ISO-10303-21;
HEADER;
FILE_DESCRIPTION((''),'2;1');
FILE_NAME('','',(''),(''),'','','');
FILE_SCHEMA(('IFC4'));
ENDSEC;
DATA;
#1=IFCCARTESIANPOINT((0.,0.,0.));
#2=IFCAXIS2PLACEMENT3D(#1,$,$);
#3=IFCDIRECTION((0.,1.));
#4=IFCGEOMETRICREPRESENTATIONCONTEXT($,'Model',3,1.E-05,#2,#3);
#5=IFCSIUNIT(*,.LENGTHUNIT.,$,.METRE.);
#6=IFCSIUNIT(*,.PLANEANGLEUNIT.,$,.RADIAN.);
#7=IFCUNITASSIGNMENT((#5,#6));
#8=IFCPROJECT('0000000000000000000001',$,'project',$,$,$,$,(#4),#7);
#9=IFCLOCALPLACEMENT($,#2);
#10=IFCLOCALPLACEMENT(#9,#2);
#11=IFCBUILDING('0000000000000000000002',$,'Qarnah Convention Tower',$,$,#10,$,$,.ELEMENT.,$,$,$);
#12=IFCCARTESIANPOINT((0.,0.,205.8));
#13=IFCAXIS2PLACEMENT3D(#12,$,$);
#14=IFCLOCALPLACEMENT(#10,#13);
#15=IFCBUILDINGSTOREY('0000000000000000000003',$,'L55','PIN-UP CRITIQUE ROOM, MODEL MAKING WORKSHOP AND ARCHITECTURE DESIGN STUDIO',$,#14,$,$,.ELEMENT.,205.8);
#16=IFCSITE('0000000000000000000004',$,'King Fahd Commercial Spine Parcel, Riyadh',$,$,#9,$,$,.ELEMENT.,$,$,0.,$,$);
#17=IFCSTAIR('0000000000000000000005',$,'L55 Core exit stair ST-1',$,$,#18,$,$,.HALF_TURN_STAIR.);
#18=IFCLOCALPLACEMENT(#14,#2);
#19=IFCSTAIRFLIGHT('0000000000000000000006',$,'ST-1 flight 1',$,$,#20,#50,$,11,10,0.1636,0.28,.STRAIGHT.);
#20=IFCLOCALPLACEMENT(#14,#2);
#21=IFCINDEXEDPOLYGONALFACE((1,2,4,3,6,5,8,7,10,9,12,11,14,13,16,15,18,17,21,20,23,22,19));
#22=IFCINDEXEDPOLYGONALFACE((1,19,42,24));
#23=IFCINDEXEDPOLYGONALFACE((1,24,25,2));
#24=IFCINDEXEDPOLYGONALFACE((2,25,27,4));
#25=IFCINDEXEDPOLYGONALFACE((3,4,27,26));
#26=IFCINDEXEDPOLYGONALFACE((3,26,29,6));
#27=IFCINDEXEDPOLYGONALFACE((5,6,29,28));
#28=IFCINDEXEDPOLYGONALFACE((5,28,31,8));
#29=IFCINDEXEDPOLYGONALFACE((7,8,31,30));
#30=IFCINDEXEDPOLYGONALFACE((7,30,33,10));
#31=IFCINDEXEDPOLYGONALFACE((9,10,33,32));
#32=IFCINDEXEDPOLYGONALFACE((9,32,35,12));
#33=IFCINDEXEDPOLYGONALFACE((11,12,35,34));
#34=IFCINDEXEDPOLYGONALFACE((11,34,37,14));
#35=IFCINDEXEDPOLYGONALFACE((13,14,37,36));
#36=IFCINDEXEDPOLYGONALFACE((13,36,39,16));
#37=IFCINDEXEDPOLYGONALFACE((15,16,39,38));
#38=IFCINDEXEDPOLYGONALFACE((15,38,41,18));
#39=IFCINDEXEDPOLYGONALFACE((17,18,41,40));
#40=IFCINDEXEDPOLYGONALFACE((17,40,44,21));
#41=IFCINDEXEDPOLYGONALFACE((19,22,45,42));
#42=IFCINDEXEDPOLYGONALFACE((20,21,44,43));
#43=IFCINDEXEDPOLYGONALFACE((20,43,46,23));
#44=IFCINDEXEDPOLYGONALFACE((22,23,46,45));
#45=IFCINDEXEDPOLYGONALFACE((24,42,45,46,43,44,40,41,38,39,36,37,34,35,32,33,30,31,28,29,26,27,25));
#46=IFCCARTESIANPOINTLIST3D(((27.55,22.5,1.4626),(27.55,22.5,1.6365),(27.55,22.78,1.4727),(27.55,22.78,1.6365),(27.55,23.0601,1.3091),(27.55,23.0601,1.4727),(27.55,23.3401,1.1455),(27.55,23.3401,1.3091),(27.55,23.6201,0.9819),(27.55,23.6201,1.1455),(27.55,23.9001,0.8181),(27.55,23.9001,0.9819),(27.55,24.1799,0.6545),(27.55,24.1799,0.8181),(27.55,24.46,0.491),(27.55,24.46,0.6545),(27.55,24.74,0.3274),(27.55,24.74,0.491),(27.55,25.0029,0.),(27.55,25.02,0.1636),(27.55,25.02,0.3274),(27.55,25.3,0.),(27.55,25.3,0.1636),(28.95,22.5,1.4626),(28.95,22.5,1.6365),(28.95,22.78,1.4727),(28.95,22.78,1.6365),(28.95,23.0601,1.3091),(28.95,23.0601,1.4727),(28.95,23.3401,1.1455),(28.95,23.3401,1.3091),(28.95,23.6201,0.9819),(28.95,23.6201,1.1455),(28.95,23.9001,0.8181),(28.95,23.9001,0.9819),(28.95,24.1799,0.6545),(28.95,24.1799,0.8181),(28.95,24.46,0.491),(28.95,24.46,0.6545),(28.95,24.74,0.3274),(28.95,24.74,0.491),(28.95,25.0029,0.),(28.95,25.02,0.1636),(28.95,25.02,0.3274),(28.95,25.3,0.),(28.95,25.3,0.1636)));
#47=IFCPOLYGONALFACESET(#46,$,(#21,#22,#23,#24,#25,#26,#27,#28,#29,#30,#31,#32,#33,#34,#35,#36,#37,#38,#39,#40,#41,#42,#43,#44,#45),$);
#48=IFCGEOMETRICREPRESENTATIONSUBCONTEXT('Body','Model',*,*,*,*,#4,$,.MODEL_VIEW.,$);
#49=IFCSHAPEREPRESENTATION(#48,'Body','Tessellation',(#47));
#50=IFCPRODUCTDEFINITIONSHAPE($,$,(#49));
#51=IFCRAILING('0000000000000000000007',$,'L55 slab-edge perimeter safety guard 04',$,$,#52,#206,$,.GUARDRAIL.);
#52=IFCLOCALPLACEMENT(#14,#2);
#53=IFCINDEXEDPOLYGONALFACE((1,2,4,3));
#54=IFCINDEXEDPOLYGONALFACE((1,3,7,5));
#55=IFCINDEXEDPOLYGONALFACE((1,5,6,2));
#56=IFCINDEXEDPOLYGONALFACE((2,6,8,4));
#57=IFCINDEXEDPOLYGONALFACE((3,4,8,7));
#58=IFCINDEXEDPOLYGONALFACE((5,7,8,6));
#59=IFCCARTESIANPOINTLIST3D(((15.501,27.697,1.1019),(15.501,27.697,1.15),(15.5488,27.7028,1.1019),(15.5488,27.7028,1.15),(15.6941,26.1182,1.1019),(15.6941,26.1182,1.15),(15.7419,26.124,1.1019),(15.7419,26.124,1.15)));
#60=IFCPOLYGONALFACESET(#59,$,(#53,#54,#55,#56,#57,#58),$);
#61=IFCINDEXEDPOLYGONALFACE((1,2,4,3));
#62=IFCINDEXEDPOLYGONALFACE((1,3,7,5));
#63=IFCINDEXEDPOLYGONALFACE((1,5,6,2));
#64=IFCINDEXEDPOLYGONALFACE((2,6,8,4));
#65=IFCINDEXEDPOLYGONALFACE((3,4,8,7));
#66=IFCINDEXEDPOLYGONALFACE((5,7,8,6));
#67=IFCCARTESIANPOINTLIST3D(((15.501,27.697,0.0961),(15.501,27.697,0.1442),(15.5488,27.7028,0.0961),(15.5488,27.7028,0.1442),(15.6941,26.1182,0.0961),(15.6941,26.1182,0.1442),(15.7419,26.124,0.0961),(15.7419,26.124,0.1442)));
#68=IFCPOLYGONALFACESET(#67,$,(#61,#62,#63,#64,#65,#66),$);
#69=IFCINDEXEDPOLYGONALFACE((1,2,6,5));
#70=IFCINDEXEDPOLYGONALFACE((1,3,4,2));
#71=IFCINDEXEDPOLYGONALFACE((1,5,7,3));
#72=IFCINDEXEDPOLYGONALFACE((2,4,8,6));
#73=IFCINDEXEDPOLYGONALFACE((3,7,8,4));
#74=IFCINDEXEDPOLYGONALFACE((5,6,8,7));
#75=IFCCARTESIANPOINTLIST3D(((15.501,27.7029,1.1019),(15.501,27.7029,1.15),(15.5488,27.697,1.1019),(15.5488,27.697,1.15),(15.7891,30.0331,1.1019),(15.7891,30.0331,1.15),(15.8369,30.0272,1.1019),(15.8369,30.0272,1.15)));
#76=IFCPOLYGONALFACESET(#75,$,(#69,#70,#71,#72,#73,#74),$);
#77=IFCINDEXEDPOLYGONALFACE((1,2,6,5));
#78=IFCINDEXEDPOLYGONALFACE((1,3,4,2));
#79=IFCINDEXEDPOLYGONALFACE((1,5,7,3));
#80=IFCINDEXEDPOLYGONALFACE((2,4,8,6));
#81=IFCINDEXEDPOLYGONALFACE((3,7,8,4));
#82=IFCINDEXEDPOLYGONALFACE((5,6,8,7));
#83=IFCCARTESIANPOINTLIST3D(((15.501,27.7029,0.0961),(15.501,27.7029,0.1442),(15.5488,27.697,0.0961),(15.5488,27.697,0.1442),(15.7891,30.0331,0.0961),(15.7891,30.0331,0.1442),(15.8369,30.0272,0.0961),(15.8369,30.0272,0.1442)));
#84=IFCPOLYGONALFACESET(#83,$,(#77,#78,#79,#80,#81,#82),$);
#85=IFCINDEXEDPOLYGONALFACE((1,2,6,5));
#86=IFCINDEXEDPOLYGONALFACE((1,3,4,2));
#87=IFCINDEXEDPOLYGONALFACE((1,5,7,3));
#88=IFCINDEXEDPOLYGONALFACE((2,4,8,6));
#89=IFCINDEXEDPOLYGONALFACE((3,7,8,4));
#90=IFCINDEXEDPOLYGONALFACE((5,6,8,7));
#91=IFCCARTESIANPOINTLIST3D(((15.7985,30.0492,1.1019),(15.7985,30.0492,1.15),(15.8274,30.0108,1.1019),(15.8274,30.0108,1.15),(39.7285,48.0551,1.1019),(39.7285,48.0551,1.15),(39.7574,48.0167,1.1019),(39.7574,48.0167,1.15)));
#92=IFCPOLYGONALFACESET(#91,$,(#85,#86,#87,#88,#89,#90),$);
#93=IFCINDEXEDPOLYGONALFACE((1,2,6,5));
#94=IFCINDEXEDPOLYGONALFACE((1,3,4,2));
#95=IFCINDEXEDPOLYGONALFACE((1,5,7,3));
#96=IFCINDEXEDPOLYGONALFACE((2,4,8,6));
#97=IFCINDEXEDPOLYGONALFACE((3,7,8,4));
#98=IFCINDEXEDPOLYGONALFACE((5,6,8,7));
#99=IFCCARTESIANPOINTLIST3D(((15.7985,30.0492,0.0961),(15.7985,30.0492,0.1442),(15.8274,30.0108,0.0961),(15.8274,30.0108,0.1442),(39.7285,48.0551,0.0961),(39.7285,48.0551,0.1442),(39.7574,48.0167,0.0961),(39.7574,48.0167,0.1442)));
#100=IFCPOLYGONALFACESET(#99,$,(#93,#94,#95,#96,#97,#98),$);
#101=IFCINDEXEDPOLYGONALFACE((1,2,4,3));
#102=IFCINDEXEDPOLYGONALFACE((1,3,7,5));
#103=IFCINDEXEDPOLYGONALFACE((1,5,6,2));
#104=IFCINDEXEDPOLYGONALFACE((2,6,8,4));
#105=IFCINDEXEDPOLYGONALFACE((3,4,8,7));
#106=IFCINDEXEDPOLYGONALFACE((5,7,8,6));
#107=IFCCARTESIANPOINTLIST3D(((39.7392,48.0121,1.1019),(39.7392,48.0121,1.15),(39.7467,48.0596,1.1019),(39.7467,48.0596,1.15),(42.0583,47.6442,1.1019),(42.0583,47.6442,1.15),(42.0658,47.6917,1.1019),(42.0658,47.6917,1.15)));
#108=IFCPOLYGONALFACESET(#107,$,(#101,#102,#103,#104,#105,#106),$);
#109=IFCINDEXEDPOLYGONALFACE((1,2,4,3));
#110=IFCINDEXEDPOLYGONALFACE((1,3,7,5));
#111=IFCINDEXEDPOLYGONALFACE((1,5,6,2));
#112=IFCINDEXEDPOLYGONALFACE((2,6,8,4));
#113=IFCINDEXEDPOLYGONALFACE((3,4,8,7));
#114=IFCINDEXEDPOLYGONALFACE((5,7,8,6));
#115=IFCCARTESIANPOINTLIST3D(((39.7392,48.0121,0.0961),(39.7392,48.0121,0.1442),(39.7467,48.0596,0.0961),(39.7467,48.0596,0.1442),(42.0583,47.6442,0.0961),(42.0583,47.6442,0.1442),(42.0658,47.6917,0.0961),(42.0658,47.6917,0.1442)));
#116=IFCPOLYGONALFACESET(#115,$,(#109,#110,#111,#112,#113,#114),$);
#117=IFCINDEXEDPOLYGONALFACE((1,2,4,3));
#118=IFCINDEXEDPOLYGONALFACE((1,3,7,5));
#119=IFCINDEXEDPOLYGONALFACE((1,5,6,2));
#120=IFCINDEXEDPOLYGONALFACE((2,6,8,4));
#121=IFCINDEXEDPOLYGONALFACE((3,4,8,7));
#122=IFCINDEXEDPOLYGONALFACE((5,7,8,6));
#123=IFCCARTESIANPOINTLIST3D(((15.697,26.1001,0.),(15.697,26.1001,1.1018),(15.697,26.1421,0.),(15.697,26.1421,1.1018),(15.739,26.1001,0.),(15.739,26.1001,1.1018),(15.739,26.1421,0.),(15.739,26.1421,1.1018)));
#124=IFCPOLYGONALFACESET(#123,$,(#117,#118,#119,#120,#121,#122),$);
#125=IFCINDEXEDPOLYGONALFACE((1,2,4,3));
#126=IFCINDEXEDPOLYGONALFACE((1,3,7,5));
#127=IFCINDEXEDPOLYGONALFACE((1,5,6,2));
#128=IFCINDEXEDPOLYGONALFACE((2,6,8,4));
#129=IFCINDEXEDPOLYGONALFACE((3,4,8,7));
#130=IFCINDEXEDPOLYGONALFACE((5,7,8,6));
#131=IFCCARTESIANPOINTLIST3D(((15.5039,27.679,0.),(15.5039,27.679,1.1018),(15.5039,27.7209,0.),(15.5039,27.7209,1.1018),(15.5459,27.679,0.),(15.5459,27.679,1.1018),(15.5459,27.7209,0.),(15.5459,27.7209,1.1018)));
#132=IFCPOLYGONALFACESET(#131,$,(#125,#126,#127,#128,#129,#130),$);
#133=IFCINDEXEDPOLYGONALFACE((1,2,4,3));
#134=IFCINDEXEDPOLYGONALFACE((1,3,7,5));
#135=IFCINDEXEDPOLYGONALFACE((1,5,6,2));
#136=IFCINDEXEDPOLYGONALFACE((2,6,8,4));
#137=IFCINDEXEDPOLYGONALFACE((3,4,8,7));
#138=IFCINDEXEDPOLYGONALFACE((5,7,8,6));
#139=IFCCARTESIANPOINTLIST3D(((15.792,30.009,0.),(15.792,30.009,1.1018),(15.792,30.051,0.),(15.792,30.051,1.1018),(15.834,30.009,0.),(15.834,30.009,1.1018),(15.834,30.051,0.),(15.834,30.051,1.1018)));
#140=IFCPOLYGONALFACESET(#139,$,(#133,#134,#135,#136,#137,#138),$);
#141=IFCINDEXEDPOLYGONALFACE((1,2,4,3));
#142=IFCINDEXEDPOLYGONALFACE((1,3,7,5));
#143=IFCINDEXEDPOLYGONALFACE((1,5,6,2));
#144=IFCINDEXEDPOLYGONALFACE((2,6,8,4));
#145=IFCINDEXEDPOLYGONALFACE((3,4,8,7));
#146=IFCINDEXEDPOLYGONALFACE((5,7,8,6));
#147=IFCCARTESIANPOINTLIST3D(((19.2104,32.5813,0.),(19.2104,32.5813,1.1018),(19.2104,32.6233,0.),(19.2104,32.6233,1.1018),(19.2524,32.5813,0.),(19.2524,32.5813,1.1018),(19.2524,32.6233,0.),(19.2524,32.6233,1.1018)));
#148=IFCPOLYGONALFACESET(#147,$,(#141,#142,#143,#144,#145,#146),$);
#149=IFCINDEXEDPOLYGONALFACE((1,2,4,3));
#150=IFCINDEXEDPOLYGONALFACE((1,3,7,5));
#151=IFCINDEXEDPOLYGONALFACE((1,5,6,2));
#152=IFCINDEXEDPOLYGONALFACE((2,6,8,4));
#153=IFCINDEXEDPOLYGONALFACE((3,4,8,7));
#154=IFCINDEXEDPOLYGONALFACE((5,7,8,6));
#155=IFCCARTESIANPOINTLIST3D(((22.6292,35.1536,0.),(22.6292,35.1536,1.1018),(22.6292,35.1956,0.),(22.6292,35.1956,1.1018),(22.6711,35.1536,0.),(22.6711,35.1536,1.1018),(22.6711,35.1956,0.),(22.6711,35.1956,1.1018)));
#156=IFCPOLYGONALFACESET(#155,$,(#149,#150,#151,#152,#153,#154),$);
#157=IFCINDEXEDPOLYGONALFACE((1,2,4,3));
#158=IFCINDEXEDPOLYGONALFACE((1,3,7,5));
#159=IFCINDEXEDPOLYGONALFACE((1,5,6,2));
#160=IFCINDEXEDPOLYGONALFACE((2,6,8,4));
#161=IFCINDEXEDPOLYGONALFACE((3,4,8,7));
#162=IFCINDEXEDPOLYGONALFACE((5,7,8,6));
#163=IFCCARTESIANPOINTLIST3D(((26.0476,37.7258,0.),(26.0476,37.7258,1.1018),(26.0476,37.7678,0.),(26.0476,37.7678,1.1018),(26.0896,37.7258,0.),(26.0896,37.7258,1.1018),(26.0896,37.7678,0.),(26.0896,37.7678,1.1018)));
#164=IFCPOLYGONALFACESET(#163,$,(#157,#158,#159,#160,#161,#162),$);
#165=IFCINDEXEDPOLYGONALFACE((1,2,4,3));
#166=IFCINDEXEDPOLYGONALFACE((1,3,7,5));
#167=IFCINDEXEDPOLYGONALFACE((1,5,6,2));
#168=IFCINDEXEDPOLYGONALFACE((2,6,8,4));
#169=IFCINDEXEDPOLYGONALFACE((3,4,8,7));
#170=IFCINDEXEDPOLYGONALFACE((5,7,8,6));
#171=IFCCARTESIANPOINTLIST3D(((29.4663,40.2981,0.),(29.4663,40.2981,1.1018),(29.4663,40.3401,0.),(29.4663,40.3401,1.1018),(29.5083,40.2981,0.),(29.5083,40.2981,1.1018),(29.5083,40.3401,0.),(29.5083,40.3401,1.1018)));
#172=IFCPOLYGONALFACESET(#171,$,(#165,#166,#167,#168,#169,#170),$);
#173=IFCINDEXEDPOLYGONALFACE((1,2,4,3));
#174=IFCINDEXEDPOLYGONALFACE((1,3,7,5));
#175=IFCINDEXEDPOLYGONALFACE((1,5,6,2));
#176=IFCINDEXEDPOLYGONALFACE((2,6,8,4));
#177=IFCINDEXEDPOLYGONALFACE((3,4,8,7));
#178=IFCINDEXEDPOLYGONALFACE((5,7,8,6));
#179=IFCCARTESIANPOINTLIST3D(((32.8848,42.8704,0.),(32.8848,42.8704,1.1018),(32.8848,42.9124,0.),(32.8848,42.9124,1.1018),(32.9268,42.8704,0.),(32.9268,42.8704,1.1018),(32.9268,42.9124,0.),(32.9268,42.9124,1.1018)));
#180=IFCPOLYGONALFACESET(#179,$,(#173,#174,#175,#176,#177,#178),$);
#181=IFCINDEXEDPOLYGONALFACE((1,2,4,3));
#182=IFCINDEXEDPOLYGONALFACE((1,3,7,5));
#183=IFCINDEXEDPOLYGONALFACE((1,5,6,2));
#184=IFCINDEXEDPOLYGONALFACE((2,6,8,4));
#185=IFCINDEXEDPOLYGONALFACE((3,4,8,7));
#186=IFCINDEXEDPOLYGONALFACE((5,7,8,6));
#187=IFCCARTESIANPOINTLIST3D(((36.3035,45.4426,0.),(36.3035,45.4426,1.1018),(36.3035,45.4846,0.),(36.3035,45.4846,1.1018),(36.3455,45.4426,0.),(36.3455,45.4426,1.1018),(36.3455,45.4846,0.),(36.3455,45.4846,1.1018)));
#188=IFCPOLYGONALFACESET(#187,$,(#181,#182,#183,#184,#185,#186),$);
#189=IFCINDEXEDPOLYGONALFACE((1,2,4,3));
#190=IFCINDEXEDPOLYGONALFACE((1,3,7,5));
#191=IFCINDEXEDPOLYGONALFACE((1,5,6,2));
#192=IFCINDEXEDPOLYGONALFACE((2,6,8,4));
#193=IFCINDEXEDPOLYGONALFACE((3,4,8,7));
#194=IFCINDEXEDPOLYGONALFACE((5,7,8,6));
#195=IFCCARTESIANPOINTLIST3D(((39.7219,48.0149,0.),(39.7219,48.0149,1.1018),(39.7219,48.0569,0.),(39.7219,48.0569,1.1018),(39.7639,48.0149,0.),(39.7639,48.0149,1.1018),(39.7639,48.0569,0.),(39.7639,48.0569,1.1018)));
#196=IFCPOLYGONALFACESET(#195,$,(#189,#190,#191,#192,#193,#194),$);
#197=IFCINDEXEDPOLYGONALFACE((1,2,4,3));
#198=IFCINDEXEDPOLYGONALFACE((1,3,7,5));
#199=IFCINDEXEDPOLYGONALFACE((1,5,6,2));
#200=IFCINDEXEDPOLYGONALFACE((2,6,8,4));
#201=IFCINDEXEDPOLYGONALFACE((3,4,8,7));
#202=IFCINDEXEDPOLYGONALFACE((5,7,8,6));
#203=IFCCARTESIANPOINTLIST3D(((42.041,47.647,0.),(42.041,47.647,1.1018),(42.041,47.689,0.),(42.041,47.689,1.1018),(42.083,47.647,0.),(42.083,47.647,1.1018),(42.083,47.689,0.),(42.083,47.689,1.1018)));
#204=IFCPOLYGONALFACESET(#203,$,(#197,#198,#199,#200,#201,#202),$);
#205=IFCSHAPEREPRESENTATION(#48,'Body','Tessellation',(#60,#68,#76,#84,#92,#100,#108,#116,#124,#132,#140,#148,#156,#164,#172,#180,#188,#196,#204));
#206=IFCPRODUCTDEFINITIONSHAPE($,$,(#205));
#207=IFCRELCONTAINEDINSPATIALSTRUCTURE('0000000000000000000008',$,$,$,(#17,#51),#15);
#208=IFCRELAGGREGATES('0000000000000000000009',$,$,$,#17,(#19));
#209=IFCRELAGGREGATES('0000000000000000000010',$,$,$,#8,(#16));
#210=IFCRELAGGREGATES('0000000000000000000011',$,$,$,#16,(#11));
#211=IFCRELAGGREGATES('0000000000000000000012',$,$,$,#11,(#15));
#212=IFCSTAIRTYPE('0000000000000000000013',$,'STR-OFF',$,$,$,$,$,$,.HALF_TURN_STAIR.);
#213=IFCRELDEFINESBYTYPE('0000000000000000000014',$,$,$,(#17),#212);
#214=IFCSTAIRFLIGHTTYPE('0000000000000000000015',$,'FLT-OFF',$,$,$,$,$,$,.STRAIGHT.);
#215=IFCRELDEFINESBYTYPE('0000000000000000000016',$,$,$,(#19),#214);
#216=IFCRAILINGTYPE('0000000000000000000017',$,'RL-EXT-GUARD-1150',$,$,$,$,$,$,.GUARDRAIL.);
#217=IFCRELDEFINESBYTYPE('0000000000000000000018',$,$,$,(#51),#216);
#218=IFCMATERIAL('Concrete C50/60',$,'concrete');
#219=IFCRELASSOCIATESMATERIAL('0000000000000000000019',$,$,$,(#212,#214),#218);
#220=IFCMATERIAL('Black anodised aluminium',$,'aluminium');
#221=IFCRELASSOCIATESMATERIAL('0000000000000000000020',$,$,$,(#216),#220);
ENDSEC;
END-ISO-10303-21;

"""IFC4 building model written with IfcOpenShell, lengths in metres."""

from ifc_helpers import new_model, si_unit, direction, frame, origin, origin_2d, place, context, subcontext, project, spatial, polyline, rectangle, outline, extrude, material, type_object, element, aggregate, save


model = new_model("IFC4")

# Units and contexts
model_context = context("Model", 3, precision=1e-05, world=origin(), true_north=direction((0.0, 1.0)))
body_context = subcontext(model_context, "Body", "Model", "MODEL_VIEW")
ifc_project = project(units=[si_unit("LENGTHUNIT", "METRE"), si_unit("PLANEANGLEUNIT", "RADIAN")], contexts=[model_context])

# Site, building, storey
site_placement = place(None, origin())
site = spatial("IfcSite", under=ifc_project, at=site_placement, Name="King Fahd Commercial Spine Parcel, Riyadh", CompositionType="ELEMENT", RefElevation=0.0)
building_placement = place(site_placement, origin())
building = spatial("IfcBuilding", under=site, at=building_placement, Name="Qarnah Convention Tower", CompositionType="ELEMENT")
storey_placement = place(building_placement, frame((0.0, 0.0, 205.8)))
storey = spatial("IfcBuildingStorey", under=building, at=storey_placement, Name="L55", Description="PIN-UP CRITIQUE ROOM, MODEL MAKING WORKSHOP AND ARCHITECTURE DESIGN STUDIO", CompositionType="ELEMENT", Elevation=205.8)

# Shared definitions
ifc_material_1 = material(Name="Concrete C50/60", Category="concrete")

# Shared definitions
ifc_material_2 = material(Name="Black anodised aluminium", Category="aluminium")

# Stair, stair flight
stair_type = type_object("IfcStairType", Name="STR-OFF", PredefinedType="HALF_TURN_STAIR", material=ifc_material_1)
stair_placement = place(storey_placement, origin())
stair = element("IfcStair", 1, at=stair_placement, inside=storey, type_object=stair_type, Name="L55 Core exit stair ST-1", PredefinedType="HALF_TURN_STAIR")
stair_flight_type = type_object("IfcStairFlightType", Name="FLT-OFF", PredefinedType="STRAIGHT", material=ifc_material_1)
stair_flight_placement = place(storey_placement, frame((28.25, 25.3, 0.0), z_axis=(0.0, 0.0, 1.0), x_axis=(0.0, -1.0, 0.0)))
stair_flight = element("IfcStairFlight", 2, at=stair_flight_placement, type_object=stair_flight_type, Name="ST-1 flight 1", NumberOfRisers=11, NumberOfTreads=10, PredefinedType="STRAIGHT", RiserHeight=0.1636, TreadLength=0.28, context=body_context, shape_type="SweptSolid", body=[
    extrude(outline(polyline([(0.0, 0.0), (0.0, 0.1636), (0.28, 0.1636), (0.28, 0.3274), (0.5601, 0.3274), (0.5601, 0.491), (0.8401, 0.491), (0.8401, 0.6545), (1.1201, 0.6545), (1.1201, 0.8181), (1.3999, 0.8181), (1.3999, 0.9819), (1.6799, 0.9819), (1.6799, 1.1455), (1.96, 1.1455), (1.96, 1.3091), (2.24, 1.3091), (2.24, 1.4727), (2.52, 1.4727), (2.52, 1.6365), (2.8, 1.6365), (2.8, 1.8), (2.8, 1.4626), (0.2971, 0.0), (0.0, 0.0)])), frame((0.0, 0.7, 0.0), z_axis=(0.0, -1.0, 0.0), x_axis=(1.0, 0.0, 0.0)), (0.0, 0.0, 1.0), 1.3999),
])
aggregate(stair, [stair_flight])

# Railing
railing_type_1 = type_object("IfcRailingType", Name="RL-EXT-GUARD-1150", PredefinedType="GUARDRAIL", material=ifc_material_2)
railing_1_placement = place(storey_placement, frame((15.718, 26.1211, 0.0)))
element("IfcRailing", 3, at=railing_1_placement, inside=storey, type_object=railing_type_1, Name="L55 slab-edge perimeter safety guard 04", PredefinedType="GUARDRAIL", context=body_context, shape_type="SweptSolid", body=[
    extrude(rectangle(XDim=0.0481, YDim=0.0481, at=origin_2d()), frame((0.0, 0.0, 1.126), z_axis=(-0.121408, 0.992603, 0.0), x_axis=(-0.992603, -0.121408, 0.0)), (0.0, 0.0, 1.0), 1.5906),
    extrude(rectangle(XDim=0.0481, YDim=0.0481, at=origin_2d()), frame((0.0, 0.0, 0.1201), z_axis=(-0.121408, 0.992603, 0.0), x_axis=(-0.992603, -0.121408, 0.0)), (0.0, 0.0, 1.0), 1.5906),
    extrude(rectangle(XDim=0.0481, YDim=0.0481, at=origin_2d()), frame((-0.1931, 1.5789, 1.126), z_axis=(0.122704, 0.992443, 0.0), x_axis=(-0.992443, 0.122704, 0.0)), (0.0, 0.0, 1.0), 2.3479),
    extrude(rectangle(XDim=0.0481, YDim=0.0481, at=origin_2d()), frame((-0.1931, 1.5789, 0.1201), z_axis=(0.122704, 0.992443, 0.0), x_axis=(-0.992443, 0.122704, 0.0)), (0.0, 0.0, 1.0), 2.3479),
    extrude(rectangle(XDim=0.0481, YDim=0.0481, at=origin_2d()), frame((0.095, 3.9089, 1.126), z_axis=(0.799063, 0.601248, 0.0), x_axis=(-0.601248, 0.799063, 0.0)), (0.0, 0.0, 1.0), 29.9475),
    extrude(rectangle(XDim=0.0481, YDim=0.0481, at=origin_2d()), frame((0.095, 3.9089, 0.1201), z_axis=(0.799063, 0.601248, 0.0), x_axis=(-0.601248, 0.799063, 0.0)), (0.0, 0.0, 1.0), 29.9475),
    extrude(rectangle(XDim=0.0481, YDim=0.0481, at=origin_2d()), frame((24.0249, 21.9148, 1.126), z_axis=(0.987648, -0.156689, 0.0), x_axis=(0.156689, 0.987648, 0.0)), (0.0, 0.0, 1.0), 2.3481),
    extrude(rectangle(XDim=0.0481, YDim=0.0481, at=origin_2d()), frame((24.0249, 21.9148, 0.1201), z_axis=(0.987648, -0.156689, 0.0), x_axis=(0.156689, 0.987648, 0.0)), (0.0, 0.0, 1.0), 2.3481),
    extrude(rectangle(XDim=0.042, YDim=0.042, at=origin_2d()), origin(), (0.0, 0.0, 1.0), 1.1018),
    extrude(rectangle(XDim=0.042, YDim=0.042, at=origin_2d()), frame((-0.1931, 1.5789, 0.0)), (0.0, 0.0, 1.0), 1.1018),
    extrude(rectangle(XDim=0.042, YDim=0.042, at=origin_2d()), frame((0.095, 3.9089, 0.0)), (0.0, 0.0, 1.0), 1.1018),
    extrude(rectangle(XDim=0.042, YDim=0.042, at=origin_2d()), frame((3.5134, 6.4812, 0.0)), (0.0, 0.0, 1.0), 1.1018),
    extrude(rectangle(XDim=0.042, YDim=0.042, at=origin_2d()), frame((6.9321, 9.0535, 0.0)), (0.0, 0.0, 1.0), 1.1018),
    extrude(rectangle(XDim=0.042, YDim=0.042, at=origin_2d()), frame((10.3506, 11.6257, 0.0)), (0.0, 0.0, 1.0), 1.1018),
    extrude(rectangle(XDim=0.042, YDim=0.042, at=origin_2d()), frame((13.7693, 14.198, 0.0)), (0.0, 0.0, 1.0), 1.1018),
    extrude(rectangle(XDim=0.042, YDim=0.042, at=origin_2d()), frame((17.1877, 16.7703, 0.0)), (0.0, 0.0, 1.0), 1.1018),
    extrude(rectangle(XDim=0.042, YDim=0.042, at=origin_2d()), frame((20.6064, 19.3425, 0.0)), (0.0, 0.0, 1.0), 1.1018),
    extrude(rectangle(XDim=0.042, YDim=0.042, at=origin_2d()), frame((24.0249, 21.9148, 0.0)), (0.0, 0.0, 1.0), 1.1018),
    extrude(rectangle(XDim=0.042, YDim=0.042, at=origin_2d()), frame((26.344, 21.5469, 0.0)), (0.0, 0.0, 1.0), 1.1018),
])

save(model, "model.ifc")
